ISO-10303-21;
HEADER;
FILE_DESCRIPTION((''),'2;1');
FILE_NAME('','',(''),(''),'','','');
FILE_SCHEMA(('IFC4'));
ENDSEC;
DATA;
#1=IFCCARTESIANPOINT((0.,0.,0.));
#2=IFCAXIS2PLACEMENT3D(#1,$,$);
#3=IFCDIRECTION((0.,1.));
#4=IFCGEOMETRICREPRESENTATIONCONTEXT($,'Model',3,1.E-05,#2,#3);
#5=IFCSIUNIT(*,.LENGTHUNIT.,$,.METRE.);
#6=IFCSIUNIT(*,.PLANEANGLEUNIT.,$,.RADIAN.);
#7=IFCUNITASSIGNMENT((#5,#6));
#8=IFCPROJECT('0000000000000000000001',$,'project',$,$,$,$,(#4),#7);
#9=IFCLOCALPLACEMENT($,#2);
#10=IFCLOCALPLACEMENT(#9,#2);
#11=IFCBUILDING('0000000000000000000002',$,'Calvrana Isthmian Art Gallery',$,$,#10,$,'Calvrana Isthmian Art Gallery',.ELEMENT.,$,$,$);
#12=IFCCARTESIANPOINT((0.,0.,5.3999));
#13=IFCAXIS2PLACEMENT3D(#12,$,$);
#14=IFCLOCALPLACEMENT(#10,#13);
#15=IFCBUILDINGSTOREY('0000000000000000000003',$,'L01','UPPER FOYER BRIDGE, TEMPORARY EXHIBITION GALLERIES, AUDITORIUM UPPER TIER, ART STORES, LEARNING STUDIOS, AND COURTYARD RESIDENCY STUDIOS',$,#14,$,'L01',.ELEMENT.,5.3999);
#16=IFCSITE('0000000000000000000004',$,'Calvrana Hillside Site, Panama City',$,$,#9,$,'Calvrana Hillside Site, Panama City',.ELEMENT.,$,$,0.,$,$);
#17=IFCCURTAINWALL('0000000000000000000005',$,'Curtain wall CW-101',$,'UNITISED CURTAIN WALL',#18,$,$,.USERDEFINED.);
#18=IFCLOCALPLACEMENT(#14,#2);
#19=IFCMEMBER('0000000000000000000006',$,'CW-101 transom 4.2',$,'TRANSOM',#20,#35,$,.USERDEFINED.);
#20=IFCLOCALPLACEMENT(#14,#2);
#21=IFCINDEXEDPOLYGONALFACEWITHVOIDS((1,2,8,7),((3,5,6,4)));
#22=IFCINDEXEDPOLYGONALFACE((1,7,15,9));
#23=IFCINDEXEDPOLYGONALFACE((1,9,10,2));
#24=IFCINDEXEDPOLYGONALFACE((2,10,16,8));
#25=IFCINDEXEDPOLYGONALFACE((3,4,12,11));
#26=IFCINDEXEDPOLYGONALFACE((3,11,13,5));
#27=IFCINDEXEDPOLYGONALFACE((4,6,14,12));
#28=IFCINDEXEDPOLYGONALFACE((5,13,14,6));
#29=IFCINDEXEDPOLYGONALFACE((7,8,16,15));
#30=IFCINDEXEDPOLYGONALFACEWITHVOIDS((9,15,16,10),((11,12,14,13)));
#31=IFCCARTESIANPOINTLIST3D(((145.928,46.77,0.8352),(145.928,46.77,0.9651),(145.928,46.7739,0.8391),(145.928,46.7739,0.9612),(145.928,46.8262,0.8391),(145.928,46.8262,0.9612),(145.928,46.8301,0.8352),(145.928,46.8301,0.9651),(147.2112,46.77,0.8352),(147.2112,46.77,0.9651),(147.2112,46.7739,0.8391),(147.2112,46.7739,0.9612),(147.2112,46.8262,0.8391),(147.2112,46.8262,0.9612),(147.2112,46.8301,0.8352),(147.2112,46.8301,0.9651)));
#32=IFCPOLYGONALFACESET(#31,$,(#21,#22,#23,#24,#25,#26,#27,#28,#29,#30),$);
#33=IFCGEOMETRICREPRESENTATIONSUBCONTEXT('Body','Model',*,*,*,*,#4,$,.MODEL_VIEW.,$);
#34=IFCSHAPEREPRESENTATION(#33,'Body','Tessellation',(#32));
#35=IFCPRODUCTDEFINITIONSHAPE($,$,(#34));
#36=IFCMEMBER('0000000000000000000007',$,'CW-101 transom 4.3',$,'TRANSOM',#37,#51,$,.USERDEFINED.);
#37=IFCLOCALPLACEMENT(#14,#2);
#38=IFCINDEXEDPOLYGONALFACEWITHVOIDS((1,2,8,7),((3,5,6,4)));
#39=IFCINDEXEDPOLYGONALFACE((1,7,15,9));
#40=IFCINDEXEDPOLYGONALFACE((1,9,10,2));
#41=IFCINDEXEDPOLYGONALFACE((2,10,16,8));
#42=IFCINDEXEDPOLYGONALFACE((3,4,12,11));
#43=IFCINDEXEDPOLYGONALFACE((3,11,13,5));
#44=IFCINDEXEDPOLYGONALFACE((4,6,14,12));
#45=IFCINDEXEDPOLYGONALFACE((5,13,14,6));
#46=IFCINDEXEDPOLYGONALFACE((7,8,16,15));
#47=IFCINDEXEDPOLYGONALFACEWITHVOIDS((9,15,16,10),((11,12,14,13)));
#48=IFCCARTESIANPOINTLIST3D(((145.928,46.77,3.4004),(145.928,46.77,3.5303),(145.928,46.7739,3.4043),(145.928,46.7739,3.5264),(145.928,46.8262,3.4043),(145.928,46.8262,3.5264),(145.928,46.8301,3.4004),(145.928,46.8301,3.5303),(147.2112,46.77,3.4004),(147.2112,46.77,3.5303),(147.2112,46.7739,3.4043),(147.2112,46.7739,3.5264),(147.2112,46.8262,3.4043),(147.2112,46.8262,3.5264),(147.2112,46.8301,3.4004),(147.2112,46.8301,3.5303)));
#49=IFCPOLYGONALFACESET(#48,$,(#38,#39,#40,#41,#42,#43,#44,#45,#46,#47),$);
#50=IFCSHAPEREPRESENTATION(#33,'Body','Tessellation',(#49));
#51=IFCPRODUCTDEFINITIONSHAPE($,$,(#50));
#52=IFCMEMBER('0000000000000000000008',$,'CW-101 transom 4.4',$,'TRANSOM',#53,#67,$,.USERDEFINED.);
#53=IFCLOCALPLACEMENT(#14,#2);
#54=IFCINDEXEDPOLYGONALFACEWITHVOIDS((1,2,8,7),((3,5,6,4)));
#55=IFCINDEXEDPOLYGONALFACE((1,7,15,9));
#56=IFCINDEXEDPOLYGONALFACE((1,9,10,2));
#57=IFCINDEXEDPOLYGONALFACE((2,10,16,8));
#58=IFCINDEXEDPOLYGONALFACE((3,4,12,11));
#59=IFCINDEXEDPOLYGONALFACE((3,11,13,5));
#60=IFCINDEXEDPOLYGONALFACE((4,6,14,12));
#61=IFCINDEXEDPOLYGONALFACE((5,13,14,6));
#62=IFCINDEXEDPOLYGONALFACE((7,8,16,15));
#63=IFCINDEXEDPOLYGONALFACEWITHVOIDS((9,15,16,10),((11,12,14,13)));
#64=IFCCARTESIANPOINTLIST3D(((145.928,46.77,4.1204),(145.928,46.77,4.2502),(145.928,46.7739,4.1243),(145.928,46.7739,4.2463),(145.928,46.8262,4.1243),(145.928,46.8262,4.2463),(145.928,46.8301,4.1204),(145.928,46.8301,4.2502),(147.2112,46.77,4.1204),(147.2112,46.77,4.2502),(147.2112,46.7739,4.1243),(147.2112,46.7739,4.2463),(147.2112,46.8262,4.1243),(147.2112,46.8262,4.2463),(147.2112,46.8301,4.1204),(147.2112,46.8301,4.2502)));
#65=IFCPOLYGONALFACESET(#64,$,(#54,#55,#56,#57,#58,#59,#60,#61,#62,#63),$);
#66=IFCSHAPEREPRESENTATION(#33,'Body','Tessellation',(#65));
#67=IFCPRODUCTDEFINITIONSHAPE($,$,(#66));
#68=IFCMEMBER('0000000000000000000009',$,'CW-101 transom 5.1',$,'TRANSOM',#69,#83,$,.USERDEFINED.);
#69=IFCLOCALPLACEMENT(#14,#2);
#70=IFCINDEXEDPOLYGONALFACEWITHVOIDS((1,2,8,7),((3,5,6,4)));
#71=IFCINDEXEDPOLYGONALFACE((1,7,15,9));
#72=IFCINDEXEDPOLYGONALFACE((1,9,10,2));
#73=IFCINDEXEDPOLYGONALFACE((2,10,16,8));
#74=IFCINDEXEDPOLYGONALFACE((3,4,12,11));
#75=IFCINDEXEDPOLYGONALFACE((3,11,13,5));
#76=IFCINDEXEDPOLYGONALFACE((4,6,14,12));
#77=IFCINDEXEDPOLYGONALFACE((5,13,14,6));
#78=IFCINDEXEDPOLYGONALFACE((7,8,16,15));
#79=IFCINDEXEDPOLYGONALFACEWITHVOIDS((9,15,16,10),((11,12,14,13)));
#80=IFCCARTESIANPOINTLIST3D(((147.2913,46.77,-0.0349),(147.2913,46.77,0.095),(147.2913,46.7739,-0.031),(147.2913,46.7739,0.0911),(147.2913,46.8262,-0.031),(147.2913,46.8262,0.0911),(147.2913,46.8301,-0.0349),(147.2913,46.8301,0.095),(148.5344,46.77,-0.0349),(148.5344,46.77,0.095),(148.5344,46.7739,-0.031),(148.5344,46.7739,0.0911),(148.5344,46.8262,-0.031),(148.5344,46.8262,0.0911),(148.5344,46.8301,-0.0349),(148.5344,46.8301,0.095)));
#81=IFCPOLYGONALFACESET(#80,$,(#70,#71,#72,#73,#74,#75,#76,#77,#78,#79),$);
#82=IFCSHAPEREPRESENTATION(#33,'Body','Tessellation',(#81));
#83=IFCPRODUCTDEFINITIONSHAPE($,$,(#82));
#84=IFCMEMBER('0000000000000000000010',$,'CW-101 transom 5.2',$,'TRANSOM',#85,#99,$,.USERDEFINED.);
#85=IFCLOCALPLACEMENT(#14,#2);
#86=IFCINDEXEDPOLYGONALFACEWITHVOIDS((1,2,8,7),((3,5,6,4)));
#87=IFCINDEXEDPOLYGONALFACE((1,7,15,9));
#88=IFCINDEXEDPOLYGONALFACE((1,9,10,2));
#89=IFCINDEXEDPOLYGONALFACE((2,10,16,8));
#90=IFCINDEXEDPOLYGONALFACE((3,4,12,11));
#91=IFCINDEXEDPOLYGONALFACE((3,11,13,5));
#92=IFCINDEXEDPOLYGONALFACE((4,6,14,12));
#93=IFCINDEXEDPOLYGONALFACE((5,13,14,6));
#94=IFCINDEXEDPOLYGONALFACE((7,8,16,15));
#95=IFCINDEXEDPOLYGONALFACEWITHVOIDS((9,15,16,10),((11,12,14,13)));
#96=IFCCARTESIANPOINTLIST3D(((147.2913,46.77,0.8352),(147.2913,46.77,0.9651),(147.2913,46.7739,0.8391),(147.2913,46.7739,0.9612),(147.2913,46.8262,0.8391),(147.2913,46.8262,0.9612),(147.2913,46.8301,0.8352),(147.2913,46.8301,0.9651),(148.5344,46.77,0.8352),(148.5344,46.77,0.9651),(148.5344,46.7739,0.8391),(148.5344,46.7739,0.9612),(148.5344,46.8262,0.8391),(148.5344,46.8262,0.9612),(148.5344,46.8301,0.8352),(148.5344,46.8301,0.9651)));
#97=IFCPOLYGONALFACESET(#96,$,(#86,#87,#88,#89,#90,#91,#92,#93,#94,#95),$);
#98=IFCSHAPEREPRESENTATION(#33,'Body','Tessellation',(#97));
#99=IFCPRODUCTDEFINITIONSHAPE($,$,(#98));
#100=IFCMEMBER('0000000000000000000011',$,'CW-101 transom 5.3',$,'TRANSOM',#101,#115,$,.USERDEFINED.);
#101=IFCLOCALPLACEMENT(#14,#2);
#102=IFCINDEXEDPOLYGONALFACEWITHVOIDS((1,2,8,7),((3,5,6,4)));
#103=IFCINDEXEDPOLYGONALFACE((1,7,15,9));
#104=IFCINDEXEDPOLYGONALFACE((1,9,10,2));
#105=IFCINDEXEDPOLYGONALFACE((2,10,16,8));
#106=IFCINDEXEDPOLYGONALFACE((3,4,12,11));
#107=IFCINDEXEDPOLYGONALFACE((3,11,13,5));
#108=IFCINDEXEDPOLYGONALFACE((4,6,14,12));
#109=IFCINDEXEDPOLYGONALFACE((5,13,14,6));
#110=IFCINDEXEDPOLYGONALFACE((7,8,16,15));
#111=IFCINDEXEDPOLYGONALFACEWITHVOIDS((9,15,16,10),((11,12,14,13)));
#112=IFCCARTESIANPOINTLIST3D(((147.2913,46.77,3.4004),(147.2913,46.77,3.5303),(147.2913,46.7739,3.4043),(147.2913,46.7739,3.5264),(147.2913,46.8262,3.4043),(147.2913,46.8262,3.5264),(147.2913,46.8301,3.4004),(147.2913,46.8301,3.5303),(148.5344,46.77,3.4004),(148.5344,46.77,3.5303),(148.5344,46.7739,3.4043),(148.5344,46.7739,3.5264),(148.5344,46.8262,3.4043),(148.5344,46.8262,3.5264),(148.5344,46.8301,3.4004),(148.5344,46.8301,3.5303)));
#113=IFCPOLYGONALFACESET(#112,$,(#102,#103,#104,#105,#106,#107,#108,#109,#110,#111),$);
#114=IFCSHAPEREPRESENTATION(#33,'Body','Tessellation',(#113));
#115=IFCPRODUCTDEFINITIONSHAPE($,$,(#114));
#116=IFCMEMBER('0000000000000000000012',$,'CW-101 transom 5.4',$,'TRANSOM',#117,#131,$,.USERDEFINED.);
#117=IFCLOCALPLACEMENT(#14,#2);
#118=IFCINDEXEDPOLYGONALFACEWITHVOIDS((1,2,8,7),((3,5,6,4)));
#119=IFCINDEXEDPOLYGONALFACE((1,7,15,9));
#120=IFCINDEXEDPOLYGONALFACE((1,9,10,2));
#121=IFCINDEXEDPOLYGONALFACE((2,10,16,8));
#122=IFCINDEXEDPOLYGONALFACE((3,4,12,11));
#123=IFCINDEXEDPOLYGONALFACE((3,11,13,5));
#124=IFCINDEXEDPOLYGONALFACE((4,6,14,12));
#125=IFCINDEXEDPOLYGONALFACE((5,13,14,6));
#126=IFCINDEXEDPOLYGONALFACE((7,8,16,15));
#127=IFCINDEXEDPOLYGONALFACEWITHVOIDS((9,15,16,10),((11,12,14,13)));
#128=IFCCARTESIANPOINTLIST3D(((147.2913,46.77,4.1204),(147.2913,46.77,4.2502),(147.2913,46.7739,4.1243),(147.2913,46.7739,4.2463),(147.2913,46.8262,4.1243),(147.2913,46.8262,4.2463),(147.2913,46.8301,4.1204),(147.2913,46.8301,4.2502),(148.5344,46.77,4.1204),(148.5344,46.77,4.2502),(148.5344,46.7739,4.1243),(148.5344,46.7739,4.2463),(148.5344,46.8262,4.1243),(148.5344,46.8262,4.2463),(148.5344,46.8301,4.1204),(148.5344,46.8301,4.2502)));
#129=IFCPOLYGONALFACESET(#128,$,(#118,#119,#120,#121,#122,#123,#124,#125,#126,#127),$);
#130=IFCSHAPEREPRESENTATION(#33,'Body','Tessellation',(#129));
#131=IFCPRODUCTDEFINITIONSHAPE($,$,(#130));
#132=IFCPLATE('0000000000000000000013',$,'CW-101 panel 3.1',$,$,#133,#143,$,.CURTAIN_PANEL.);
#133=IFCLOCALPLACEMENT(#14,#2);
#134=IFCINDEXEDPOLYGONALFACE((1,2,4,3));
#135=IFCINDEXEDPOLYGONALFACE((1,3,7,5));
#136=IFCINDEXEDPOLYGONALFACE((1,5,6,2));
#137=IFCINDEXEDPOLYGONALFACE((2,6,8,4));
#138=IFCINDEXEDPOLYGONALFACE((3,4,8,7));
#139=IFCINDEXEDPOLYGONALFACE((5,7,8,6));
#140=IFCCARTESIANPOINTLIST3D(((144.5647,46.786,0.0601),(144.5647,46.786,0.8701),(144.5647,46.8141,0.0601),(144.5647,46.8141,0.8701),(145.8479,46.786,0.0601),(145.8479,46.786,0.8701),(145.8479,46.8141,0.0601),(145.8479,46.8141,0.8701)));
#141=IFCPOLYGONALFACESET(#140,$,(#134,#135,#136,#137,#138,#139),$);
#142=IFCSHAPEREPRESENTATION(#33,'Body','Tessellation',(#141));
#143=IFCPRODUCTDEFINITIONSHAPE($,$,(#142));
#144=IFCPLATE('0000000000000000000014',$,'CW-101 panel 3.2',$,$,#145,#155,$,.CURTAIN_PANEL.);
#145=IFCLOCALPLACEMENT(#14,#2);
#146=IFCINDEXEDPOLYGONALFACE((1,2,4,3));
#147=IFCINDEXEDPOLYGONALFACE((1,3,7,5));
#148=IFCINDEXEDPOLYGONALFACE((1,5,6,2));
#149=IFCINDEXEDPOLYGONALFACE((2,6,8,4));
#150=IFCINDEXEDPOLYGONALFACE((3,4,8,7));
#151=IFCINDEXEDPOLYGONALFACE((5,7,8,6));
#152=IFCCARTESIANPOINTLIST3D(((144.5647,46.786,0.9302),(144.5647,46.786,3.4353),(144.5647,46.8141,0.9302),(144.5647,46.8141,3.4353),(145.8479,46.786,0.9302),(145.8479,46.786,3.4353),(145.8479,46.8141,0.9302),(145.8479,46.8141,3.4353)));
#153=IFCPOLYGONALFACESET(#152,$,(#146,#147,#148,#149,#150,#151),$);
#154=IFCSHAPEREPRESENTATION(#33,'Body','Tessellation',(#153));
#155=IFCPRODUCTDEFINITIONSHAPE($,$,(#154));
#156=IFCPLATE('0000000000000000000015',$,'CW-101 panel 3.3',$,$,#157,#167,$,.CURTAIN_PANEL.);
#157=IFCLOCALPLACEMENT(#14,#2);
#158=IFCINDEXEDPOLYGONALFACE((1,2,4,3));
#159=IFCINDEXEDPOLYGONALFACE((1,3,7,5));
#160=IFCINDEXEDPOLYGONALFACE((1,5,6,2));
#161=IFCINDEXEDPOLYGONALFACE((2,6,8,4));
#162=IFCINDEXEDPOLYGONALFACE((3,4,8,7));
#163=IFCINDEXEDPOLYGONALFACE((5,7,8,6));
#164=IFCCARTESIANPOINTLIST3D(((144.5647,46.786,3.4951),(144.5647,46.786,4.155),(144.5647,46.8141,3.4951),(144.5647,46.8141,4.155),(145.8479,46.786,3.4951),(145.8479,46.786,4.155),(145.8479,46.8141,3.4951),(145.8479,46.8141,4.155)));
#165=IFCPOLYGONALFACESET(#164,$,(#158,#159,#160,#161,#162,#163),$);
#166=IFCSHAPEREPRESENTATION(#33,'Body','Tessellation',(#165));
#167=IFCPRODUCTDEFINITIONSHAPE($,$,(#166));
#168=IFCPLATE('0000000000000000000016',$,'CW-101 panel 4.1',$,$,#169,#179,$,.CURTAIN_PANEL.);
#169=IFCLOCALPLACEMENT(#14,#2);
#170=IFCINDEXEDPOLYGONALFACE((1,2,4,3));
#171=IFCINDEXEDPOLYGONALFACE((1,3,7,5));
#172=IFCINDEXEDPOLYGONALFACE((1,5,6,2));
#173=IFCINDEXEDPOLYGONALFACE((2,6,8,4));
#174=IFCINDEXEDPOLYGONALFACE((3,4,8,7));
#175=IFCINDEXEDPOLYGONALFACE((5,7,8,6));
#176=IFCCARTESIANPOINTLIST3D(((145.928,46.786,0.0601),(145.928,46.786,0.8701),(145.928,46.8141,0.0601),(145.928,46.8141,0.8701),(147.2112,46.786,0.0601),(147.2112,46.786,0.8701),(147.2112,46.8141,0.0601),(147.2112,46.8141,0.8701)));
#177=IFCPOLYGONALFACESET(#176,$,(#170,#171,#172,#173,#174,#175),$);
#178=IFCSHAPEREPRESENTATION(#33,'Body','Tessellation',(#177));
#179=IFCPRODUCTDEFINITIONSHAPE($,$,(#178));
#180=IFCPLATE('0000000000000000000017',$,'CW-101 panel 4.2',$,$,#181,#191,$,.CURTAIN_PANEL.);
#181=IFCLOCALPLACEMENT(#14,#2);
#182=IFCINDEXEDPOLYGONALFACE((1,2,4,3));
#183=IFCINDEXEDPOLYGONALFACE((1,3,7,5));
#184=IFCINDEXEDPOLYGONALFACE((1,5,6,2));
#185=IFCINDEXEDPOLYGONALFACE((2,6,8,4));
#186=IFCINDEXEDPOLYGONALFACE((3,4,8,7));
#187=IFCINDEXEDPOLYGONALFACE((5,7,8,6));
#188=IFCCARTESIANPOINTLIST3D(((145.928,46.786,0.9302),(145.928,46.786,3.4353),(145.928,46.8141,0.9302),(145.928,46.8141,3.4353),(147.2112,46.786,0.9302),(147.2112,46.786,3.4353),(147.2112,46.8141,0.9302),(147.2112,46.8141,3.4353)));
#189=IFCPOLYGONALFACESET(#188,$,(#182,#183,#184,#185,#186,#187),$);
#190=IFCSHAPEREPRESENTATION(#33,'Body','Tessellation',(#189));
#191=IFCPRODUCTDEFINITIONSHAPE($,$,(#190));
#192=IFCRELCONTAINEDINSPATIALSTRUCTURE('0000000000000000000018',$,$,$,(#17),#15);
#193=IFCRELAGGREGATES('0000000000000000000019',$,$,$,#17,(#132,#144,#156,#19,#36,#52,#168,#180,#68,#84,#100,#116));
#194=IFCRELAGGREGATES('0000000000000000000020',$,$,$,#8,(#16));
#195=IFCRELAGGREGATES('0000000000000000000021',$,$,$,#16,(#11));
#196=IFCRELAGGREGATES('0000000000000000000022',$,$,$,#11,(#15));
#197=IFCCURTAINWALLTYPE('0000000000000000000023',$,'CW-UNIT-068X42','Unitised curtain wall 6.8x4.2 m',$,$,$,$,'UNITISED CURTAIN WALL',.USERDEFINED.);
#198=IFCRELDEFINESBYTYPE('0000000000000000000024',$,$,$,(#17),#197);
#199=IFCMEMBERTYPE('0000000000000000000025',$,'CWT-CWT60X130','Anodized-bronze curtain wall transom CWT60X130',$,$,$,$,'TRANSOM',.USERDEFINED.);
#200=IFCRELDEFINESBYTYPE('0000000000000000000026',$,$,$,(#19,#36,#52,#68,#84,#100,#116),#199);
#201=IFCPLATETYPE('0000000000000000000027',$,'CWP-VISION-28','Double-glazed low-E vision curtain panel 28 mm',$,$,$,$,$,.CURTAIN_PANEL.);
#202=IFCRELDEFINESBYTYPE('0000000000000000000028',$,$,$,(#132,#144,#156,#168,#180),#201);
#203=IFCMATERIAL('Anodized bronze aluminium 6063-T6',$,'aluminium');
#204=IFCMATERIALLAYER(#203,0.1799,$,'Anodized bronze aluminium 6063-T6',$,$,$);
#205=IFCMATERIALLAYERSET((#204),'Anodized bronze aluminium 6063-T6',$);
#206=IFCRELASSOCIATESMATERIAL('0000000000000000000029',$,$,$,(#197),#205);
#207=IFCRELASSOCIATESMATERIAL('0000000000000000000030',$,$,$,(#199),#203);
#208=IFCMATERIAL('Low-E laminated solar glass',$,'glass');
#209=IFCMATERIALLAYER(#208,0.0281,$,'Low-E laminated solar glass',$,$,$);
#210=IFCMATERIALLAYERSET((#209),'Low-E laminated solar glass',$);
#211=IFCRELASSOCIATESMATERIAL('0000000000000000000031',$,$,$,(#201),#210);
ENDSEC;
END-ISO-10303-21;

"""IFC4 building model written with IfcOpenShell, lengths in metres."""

from ifc_helpers import new_model, si_unit, direction, frame, origin, origin_2d, place, context, subcontext, project, spatial, rectangle, hollow_rectangle, extrude, material, layer, layer_set, material_profile, profile_set, type_object, element, aggregate, save


model = new_model("IFC4")

# Units and contexts
model_context = context("Model", 3, precision=1e-05, world=origin(), true_north=direction((0.0, 1.0)))
body_context = subcontext(model_context, "Body", "Model", "MODEL_VIEW")
ifc_project = project(units=[si_unit("LENGTHUNIT", "METRE"), si_unit("PLANEANGLEUNIT", "RADIAN")], contexts=[model_context])

# Site, building, storey
site_placement = place(None, origin())
site = spatial("IfcSite", under=ifc_project, at=site_placement, Name="Calvrana Hillside Site, Panama City", LongName="Calvrana Hillside Site, Panama City", CompositionType="ELEMENT", RefElevation=0.0)
building_placement = place(site_placement, origin())
building = spatial("IfcBuilding", under=site, at=building_placement, Name="Calvrana Isthmian Art Gallery", LongName="Calvrana Isthmian Art Gallery", CompositionType="ELEMENT")
storey_placement = place(building_placement, frame((0.0, 0.0, 5.3999)))
storey = spatial("IfcBuildingStorey", under=building, at=storey_placement, Name="L01", Description="UPPER FOYER BRIDGE, TEMPORARY EXHIBITION GALLERIES, AUDITORIUM UPPER TIER, ART STORES, LEARNING STUDIOS, AND COURTYARD RESIDENCY STUDIOS", LongName="L01", CompositionType="ELEMENT", Elevation=5.3999)

# Shared definitions
ifc_material_1 = material(Name="Anodized bronze aluminium 6063-T6", Category="aluminium")

# Curtain wall, members, plates
ifc_layer_1 = layer(ifc_material_1, 0.1799, Name="Anodized bronze aluminium 6063-T6")
ifc_layer_set_1 = layer_set([ifc_layer_1], Name="Anodized bronze aluminium 6063-T6")
curtain_wall_type_1 = type_object("IfcCurtainWallType", Name="CW-UNIT-068X42", Description="Unitised curtain wall 6.8x4.2 m", ElementType="UNITISED CURTAIN WALL", PredefinedType="USERDEFINED", material=ifc_layer_set_1)
curtain_wall_1_placement = place(storey_placement, origin())
curtain_wall_1 = element("IfcCurtainWall", 1, at=curtain_wall_1_placement, inside=storey, type_object=curtain_wall_type_1, Name="Curtain wall CW-101", ObjectType="UNITISED CURTAIN WALL", PredefinedType="USERDEFINED")
ifc_material_profile_1 = material_profile(ifc_material_1, hollow_rectangle(XDim=0.0601, YDim=0.1299, WallThickness=0.0039, at=origin_2d()), Name="CWT60X130")
ifc_profile_set_1 = profile_set([ifc_material_profile_1], Name="Anodized bronze aluminium 6063-T6")
member_type_1 = type_object("IfcMemberType", Name="CWT-CWT60X130", Description="Anodized-bronze curtain wall transom CWT60X130", ElementType="TRANSOM", PredefinedType="USERDEFINED", material=ifc_profile_set_1)
member_1_placement = place(storey_placement, frame((145.928, 46.8, 0.9001), z_axis=(1.0, 0.0, 0.0), x_axis=(0.0, 1.0, 0.0)))
member_1 = element("IfcMember", 2, at=member_1_placement, type_object=member_type_1, Name="CW-101 transom 4.2", ObjectType="TRANSOM", PredefinedType="USERDEFINED", context=body_context, shape_type="SweptSolid", body=[
    extrude(hollow_rectangle(XDim=0.0601, YDim=0.1299, WallThickness=0.0039, at=origin_2d()), origin(), (0.0, 0.0, 1.0), 1.2832),
])
member_2_placement = place(storey_placement, frame((145.928, 46.8, 3.4653), z_axis=(1.0, 0.0, 0.0), x_axis=(0.0, 1.0, 0.0)))
member_2 = element("IfcMember", 3, at=member_2_placement, type_object=member_type_1, Name="CW-101 transom 4.3", ObjectType="TRANSOM", PredefinedType="USERDEFINED", context=body_context, shape_type="SweptSolid", body=[
    extrude(hollow_rectangle(XDim=0.0601, YDim=0.1299, WallThickness=0.0039, at=origin_2d()), origin(), (0.0, 0.0, 1.0), 1.2832),
])
member_3_placement = place(storey_placement, frame((145.928, 46.8, 4.1853), z_axis=(1.0, 0.0, 0.0), x_axis=(0.0, 1.0, 0.0)))
member_3 = element("IfcMember", 4, at=member_3_placement, type_object=member_type_1, Name="CW-101 transom 4.4", ObjectType="TRANSOM", PredefinedType="USERDEFINED", context=body_context, shape_type="SweptSolid", body=[
    extrude(hollow_rectangle(XDim=0.0601, YDim=0.1299, WallThickness=0.0039, at=origin_2d()), origin(), (0.0, 0.0, 1.0), 1.2832),
])
member_4_placement = place(storey_placement, frame((147.2913, 46.8, 0.03), z_axis=(1.0, 0.0, 0.0), x_axis=(0.0, 1.0, 0.0)))
member_4 = element("IfcMember", 5, at=member_4_placement, type_object=member_type_1, Name="CW-101 transom 5.1", ObjectType="TRANSOM", PredefinedType="USERDEFINED", context=body_context, shape_type="SweptSolid", body=[
    extrude(hollow_rectangle(XDim=0.0601, YDim=0.1299, WallThickness=0.0039, at=origin_2d()), origin(), (0.0, 0.0, 1.0), 1.2432),
])
member_5_placement = place(storey_placement, frame((147.2913, 46.8, 0.9001), z_axis=(1.0, 0.0, 0.0), x_axis=(0.0, 1.0, 0.0)))
member_5 = element("IfcMember", 6, at=member_5_placement, type_object=member_type_1, Name="CW-101 transom 5.2", ObjectType="TRANSOM", PredefinedType="USERDEFINED", context=body_context, shape_type="SweptSolid", body=[
    extrude(hollow_rectangle(XDim=0.0601, YDim=0.1299, WallThickness=0.0039, at=origin_2d()), origin(), (0.0, 0.0, 1.0), 1.2432),
])
member_6_placement = place(storey_placement, frame((147.2913, 46.8, 3.4653), z_axis=(1.0, 0.0, 0.0), x_axis=(0.0, 1.0, 0.0)))
member_6 = element("IfcMember", 7, at=member_6_placement, type_object=member_type_1, Name="CW-101 transom 5.3", ObjectType="TRANSOM", PredefinedType="USERDEFINED", context=body_context, shape_type="SweptSolid", body=[
    extrude(hollow_rectangle(XDim=0.0601, YDim=0.1299, WallThickness=0.0039, at=origin_2d()), origin(), (0.0, 0.0, 1.0), 1.2432),
])
member_7_placement = place(storey_placement, frame((147.2913, 46.8, 4.1853), z_axis=(1.0, 0.0, 0.0), x_axis=(0.0, 1.0, 0.0)))
member_7 = element("IfcMember", 8, at=member_7_placement, type_object=member_type_1, Name="CW-101 transom 5.4", ObjectType="TRANSOM", PredefinedType="USERDEFINED", context=body_context, shape_type="SweptSolid", body=[
    extrude(hollow_rectangle(XDim=0.0601, YDim=0.1299, WallThickness=0.0039, at=origin_2d()), origin(), (0.0, 0.0, 1.0), 1.2432),
])
ifc_material_2 = material(Name="Low-E laminated solar glass", Category="glass")
ifc_layer_2 = layer(ifc_material_2, 0.0281, Name="Low-E laminated solar glass")
ifc_layer_set_2 = layer_set([ifc_layer_2], Name="Low-E laminated solar glass")
plate_type_1 = type_object("IfcPlateType", Name="CWP-VISION-28", Description="Double-glazed low-E vision curtain panel 28 mm", PredefinedType="CURTAIN_PANEL", material=ifc_layer_set_2)
plate_1_placement = place(storey_placement, frame((145.2063, 46.8, 0.0601), z_axis=(0.0, 0.0, 1.0), x_axis=(1.0, 0.0, 0.0)))
plate_1 = element("IfcPlate", 9, at=plate_1_placement, type_object=plate_type_1, Name="CW-101 panel 3.1", PredefinedType="CURTAIN_PANEL", context=body_context, shape_type="SweptSolid", body=[
    extrude(rectangle(XDim=1.2832, YDim=0.0281, at=origin_2d()), origin(), (0.0, 0.0, 1.0), 0.8101),
])
plate_2_placement = place(storey_placement, frame((145.2063, 46.8, 0.9302), z_axis=(0.0, 0.0, 1.0), x_axis=(1.0, 0.0, 0.0)))
plate_2 = element("IfcPlate", 10, at=plate_2_placement, type_object=plate_type_1, Name="CW-101 panel 3.2", PredefinedType="CURTAIN_PANEL", context=body_context, shape_type="SweptSolid", body=[
    extrude(rectangle(XDim=1.2832, YDim=0.0281, at=origin_2d()), origin(), (0.0, 0.0, 1.0), 2.5051),
])
plate_3_placement = place(storey_placement, frame((145.2063, 46.8, 3.4951), z_axis=(0.0, 0.0, 1.0), x_axis=(1.0, 0.0, 0.0)))
plate_3 = element("IfcPlate", 11, at=plate_3_placement, type_object=plate_type_1, Name="CW-101 panel 3.3", PredefinedType="CURTAIN_PANEL", context=body_context, shape_type="SweptSolid", body=[
    extrude(rectangle(XDim=1.2832, YDim=0.0281, at=origin_2d()), origin(), (0.0, 0.0, 1.0), 0.6599),
])
plate_4_placement = place(storey_placement, frame((146.5696, 46.8, 0.0601), z_axis=(0.0, 0.0, 1.0), x_axis=(1.0, 0.0, 0.0)))
plate_4 = element("IfcPlate", 12, at=plate_4_placement, type_object=plate_type_1, Name="CW-101 panel 4.1", PredefinedType="CURTAIN_PANEL", context=body_context, shape_type="SweptSolid", body=[
    extrude(rectangle(XDim=1.2832, YDim=0.0281, at=origin_2d()), origin(), (0.0, 0.0, 1.0), 0.8101),
])
plate_5_placement = place(storey_placement, frame((146.5696, 46.8, 0.9302), z_axis=(0.0, 0.0, 1.0), x_axis=(1.0, 0.0, 0.0)))
plate_5 = element("IfcPlate", 13, at=plate_5_placement, type_object=plate_type_1, Name="CW-101 panel 4.2", PredefinedType="CURTAIN_PANEL", context=body_context, shape_type="SweptSolid", body=[
    extrude(rectangle(XDim=1.2832, YDim=0.0281, at=origin_2d()), origin(), (0.0, 0.0, 1.0), 2.5051),
])
aggregate(curtain_wall_1, [plate_1, plate_2, plate_3, member_1, member_2, member_3, plate_4, plate_5, member_4, member_5, member_6, member_7])

save(model, "model.ifc")
